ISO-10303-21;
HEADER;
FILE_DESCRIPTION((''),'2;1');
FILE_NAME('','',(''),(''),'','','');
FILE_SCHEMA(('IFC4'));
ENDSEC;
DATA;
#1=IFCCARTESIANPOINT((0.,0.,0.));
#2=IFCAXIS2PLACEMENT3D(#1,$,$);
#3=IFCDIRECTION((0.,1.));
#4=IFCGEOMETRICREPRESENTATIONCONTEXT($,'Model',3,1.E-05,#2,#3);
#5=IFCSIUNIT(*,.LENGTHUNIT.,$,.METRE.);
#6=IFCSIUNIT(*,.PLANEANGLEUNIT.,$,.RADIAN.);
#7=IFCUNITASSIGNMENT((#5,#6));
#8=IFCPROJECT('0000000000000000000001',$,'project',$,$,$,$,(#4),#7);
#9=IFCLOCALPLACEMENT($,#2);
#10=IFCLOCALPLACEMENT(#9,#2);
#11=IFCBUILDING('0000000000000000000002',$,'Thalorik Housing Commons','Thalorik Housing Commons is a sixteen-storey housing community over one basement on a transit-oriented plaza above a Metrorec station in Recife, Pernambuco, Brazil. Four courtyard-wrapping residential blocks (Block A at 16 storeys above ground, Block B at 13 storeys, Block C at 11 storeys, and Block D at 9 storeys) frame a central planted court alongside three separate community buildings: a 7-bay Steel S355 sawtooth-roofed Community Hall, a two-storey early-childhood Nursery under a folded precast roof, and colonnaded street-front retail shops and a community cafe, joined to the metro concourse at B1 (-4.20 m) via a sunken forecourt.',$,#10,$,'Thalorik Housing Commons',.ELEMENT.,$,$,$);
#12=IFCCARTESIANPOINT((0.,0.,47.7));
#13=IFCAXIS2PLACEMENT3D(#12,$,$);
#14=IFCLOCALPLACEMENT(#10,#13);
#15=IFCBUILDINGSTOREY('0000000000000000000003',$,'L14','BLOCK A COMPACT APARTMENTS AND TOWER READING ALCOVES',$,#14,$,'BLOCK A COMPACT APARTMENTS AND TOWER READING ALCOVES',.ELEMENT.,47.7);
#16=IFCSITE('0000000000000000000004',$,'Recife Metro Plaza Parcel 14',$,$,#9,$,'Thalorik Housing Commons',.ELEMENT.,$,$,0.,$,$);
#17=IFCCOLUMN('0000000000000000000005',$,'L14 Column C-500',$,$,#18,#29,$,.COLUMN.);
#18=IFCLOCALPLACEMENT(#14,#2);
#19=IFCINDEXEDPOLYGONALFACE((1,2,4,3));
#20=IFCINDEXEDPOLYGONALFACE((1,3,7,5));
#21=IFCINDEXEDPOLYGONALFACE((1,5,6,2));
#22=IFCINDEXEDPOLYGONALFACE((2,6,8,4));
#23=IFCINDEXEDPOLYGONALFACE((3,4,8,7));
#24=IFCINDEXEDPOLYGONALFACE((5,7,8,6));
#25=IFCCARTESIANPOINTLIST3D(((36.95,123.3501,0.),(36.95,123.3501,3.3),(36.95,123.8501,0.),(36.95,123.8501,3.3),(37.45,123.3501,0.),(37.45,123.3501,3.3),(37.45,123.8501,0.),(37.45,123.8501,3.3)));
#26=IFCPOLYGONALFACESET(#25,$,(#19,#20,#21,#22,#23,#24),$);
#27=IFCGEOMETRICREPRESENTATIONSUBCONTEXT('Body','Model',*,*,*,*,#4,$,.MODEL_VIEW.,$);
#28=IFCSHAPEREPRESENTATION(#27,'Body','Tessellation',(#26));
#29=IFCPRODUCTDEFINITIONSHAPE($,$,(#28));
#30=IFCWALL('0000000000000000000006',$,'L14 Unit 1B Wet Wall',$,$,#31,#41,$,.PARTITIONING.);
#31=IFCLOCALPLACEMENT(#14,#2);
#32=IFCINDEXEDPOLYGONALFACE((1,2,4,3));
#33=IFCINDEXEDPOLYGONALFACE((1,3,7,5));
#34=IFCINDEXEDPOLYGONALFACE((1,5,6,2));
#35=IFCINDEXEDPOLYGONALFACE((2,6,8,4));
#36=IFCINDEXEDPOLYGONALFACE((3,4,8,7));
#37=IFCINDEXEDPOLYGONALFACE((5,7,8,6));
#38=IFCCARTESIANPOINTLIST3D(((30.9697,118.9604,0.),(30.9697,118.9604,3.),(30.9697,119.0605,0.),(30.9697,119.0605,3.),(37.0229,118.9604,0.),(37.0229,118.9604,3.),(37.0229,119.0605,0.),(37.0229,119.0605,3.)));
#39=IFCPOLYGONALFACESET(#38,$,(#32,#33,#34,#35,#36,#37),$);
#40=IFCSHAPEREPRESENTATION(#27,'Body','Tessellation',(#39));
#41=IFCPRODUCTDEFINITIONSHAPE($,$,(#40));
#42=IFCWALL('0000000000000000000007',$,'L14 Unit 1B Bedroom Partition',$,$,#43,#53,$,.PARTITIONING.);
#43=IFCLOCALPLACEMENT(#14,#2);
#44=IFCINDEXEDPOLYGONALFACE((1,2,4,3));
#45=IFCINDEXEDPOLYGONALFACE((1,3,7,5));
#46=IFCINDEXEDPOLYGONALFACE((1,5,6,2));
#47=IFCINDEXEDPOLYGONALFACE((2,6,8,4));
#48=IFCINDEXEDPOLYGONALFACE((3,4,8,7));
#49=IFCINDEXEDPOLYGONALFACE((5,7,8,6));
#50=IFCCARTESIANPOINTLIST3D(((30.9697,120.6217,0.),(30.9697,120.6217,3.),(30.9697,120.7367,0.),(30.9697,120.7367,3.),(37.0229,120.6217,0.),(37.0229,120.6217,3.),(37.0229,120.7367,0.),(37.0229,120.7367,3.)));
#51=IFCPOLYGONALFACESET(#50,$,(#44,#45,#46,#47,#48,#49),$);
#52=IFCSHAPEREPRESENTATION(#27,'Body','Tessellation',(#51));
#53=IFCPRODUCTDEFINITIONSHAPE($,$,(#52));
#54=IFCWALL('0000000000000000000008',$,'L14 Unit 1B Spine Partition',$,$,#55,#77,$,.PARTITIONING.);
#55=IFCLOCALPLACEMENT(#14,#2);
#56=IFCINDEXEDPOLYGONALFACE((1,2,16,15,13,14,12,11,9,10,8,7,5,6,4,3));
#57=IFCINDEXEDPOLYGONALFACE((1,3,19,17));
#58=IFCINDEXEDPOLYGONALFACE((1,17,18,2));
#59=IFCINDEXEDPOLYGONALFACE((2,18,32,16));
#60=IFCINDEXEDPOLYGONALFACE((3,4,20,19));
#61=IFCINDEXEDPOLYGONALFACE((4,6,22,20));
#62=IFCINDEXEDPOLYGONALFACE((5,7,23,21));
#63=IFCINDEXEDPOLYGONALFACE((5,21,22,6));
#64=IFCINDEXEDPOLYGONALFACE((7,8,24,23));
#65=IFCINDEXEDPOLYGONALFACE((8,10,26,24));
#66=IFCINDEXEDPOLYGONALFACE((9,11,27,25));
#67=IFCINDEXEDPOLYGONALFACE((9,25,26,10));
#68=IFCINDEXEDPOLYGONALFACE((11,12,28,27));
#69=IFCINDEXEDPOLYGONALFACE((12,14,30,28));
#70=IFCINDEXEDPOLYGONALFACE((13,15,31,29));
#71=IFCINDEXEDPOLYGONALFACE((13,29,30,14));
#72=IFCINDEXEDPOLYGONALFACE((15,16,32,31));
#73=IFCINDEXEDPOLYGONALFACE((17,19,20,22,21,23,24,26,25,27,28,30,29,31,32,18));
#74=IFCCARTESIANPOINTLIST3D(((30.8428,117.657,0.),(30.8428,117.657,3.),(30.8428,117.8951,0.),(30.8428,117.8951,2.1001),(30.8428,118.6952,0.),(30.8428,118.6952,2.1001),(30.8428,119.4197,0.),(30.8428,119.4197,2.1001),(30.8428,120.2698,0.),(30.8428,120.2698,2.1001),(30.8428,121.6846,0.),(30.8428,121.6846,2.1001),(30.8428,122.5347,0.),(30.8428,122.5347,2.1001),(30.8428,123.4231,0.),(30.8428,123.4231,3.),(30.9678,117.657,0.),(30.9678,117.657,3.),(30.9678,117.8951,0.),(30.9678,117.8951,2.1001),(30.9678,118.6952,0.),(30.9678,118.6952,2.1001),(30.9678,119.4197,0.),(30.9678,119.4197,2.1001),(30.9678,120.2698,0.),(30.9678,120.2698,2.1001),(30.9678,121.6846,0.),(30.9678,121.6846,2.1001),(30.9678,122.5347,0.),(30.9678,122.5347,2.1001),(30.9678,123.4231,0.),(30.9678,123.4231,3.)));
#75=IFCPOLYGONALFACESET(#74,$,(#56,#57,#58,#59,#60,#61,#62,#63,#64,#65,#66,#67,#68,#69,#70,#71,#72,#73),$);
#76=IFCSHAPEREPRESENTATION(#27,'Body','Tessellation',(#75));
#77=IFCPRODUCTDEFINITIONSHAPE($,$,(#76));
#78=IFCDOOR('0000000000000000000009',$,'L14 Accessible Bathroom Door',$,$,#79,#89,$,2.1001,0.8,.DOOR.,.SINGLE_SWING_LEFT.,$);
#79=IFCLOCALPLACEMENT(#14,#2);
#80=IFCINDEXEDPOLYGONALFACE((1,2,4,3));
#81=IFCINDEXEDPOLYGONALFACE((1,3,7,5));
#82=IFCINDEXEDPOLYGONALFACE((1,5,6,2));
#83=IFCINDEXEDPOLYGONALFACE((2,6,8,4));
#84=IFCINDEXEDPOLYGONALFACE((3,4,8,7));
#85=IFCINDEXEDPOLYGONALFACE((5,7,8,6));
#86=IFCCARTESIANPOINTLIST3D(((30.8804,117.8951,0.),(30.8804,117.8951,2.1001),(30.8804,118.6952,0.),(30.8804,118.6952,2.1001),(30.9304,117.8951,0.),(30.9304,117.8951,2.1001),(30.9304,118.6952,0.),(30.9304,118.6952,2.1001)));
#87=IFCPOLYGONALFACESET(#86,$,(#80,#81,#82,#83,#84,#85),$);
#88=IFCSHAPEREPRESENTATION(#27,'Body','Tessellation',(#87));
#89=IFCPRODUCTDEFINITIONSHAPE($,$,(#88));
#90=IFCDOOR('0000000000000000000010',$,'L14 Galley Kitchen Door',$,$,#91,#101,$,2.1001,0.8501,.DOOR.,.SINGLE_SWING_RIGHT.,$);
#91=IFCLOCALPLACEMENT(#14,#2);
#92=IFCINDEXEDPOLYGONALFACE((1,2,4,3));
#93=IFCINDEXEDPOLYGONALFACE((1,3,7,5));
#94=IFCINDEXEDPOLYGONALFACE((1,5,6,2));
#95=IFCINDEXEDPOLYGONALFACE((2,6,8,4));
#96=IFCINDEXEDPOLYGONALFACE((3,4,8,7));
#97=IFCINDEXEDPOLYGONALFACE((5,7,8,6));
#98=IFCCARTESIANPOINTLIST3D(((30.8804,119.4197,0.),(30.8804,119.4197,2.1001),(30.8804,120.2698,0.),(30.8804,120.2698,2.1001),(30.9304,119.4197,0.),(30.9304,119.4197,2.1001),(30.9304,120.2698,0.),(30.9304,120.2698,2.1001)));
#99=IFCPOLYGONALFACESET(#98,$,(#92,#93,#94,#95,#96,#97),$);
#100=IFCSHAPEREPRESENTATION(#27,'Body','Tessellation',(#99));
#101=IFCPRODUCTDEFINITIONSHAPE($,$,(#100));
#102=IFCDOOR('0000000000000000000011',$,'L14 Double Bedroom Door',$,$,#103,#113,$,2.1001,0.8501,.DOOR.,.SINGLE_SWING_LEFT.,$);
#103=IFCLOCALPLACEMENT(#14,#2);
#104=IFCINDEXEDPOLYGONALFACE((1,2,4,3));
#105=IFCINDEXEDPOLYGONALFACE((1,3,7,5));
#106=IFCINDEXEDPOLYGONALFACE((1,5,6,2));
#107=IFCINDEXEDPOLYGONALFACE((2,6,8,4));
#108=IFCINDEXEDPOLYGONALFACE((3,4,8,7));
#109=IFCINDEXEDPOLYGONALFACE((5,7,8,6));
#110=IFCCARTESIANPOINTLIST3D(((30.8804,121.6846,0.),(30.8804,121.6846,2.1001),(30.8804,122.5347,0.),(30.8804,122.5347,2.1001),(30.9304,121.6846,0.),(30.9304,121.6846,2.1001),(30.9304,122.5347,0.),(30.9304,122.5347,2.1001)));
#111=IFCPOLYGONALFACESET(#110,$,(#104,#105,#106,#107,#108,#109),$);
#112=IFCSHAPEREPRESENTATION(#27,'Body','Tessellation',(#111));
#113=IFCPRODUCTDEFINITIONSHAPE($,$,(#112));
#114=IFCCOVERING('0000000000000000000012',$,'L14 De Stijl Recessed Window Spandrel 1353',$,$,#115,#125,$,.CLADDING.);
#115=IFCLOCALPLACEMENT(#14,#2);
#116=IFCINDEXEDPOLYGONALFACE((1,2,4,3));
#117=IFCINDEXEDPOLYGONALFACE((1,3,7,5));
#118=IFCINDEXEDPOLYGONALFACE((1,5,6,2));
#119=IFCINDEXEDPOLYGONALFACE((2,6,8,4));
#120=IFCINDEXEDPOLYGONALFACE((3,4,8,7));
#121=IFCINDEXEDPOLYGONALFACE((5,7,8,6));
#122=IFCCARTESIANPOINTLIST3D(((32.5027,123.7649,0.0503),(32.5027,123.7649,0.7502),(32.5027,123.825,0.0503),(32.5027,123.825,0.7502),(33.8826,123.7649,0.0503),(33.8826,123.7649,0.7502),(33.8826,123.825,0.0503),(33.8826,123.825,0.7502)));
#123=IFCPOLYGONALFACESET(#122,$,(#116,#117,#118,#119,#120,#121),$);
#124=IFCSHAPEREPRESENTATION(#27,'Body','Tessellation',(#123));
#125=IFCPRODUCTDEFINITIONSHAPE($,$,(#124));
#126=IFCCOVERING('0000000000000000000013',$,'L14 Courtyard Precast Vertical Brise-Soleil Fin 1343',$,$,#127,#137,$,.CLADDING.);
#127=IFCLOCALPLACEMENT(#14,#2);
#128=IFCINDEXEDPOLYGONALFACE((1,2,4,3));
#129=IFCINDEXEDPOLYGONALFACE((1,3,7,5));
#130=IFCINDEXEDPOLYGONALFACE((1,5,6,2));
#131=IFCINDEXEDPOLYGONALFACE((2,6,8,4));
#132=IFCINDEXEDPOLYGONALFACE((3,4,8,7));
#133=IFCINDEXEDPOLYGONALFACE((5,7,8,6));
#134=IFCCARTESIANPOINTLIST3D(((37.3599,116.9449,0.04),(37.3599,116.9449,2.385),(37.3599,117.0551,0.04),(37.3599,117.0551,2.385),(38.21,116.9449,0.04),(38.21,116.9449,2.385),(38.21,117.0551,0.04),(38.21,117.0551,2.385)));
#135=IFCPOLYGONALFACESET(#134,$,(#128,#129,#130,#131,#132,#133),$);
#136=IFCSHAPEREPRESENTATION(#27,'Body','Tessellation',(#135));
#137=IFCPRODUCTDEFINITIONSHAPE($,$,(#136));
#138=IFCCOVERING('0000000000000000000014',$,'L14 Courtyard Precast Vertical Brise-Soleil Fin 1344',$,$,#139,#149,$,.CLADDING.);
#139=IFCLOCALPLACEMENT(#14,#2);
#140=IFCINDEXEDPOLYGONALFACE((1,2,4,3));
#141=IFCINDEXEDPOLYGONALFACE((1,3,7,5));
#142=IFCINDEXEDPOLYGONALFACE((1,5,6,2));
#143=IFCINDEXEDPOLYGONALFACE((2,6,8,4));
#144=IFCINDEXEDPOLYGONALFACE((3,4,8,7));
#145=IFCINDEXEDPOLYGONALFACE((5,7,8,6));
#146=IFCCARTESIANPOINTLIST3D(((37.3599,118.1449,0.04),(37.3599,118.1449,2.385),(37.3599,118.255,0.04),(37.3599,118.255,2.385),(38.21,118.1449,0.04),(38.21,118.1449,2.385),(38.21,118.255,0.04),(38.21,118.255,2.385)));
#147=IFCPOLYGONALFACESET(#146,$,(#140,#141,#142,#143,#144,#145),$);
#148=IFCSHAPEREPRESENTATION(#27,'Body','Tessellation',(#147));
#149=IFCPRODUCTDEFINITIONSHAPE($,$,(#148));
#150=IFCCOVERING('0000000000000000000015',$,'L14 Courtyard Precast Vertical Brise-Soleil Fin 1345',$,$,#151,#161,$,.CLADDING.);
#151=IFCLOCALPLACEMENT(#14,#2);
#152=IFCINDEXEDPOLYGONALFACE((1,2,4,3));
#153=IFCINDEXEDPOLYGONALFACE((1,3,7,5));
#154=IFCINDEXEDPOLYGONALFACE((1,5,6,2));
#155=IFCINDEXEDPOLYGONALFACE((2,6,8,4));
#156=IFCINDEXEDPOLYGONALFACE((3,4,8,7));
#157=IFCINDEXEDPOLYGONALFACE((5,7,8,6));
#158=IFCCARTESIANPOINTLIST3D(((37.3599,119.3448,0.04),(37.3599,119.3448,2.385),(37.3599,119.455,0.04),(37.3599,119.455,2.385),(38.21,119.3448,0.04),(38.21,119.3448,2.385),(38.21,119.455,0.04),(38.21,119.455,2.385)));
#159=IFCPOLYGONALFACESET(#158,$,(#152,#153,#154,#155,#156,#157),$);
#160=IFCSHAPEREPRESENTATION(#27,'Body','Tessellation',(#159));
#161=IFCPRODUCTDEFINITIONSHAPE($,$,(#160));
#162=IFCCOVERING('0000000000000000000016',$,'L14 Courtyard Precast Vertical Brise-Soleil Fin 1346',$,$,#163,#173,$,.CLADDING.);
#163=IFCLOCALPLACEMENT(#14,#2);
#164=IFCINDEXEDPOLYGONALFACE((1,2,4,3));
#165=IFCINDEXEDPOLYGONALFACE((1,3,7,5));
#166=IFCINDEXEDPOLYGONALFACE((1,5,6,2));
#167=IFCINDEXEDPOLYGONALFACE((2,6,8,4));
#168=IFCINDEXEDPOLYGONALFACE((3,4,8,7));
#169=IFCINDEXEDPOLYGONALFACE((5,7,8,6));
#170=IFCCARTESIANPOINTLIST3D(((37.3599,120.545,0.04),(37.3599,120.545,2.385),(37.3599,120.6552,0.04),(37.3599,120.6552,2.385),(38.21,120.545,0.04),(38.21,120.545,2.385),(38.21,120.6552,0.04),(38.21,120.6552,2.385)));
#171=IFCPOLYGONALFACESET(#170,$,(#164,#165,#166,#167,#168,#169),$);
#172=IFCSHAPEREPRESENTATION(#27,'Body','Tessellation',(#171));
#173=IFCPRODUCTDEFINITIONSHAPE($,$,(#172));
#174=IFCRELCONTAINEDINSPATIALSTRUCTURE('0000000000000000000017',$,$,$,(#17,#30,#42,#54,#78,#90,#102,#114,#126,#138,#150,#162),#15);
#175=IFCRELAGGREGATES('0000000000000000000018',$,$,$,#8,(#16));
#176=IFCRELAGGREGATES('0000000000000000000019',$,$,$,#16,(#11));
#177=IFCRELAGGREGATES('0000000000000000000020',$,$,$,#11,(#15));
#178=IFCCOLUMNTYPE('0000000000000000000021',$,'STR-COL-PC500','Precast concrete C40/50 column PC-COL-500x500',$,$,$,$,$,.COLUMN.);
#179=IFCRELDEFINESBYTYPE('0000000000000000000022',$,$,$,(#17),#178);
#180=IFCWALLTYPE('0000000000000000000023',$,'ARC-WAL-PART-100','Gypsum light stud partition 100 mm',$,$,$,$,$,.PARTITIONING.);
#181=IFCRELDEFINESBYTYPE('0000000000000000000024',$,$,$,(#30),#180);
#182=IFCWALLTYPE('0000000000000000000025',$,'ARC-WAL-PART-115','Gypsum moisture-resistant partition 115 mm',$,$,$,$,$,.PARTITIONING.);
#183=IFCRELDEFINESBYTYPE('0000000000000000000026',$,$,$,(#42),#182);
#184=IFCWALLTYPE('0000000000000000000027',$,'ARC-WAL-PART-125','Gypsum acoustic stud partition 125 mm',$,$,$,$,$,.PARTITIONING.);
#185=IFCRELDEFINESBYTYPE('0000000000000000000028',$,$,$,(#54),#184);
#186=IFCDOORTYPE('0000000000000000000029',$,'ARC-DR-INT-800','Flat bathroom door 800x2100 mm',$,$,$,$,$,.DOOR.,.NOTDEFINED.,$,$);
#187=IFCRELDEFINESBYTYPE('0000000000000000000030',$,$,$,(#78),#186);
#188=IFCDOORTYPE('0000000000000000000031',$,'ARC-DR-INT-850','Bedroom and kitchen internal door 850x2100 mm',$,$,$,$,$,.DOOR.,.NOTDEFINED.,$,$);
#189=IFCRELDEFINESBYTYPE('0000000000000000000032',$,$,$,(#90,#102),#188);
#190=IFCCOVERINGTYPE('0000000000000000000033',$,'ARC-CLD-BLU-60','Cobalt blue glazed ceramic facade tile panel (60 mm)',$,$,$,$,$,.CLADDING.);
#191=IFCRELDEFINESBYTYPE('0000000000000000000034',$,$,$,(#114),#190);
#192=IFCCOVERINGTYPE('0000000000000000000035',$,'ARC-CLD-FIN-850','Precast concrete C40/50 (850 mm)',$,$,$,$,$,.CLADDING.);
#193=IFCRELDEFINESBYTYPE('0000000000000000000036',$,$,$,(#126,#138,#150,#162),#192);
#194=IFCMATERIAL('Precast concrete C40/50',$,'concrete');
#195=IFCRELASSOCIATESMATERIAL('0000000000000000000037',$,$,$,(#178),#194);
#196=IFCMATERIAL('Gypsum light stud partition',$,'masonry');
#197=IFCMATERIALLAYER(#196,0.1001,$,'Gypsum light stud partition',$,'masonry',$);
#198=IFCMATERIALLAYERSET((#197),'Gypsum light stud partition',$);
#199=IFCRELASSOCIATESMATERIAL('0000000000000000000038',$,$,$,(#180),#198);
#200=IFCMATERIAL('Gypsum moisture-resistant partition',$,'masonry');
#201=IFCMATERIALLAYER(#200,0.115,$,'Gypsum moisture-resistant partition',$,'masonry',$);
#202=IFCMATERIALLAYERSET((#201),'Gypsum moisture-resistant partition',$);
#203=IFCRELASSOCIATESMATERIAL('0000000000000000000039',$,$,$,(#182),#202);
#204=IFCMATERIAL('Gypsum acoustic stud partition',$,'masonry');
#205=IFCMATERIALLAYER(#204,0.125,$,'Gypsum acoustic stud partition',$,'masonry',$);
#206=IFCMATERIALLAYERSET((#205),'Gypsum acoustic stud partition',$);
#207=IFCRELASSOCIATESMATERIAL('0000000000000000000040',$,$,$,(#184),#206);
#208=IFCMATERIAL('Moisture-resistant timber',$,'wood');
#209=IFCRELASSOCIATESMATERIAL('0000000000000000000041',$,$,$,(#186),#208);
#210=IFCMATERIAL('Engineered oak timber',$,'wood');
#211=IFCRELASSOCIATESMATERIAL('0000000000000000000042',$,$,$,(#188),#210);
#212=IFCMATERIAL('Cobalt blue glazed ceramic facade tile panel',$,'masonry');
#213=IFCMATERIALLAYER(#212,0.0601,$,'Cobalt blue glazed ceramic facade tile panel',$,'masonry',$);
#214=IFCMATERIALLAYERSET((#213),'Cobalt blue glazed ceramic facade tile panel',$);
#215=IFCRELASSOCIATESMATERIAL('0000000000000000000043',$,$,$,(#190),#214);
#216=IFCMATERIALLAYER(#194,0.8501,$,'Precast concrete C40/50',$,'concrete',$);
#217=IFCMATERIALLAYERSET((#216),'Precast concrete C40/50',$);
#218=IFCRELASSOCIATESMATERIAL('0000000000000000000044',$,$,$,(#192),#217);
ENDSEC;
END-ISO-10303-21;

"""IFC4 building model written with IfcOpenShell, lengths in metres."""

from ifc_helpers import new_model, si_unit, direction, frame, frame_2d, origin, origin_2d, place, context, subcontext, project, spatial, rectangle, extrude, material, layer, layer_set, material_profile, profile_set, type_object, element, fill, save


model = new_model("IFC4")

# Units and contexts
model_context = context("Model", 3, precision=1e-05, world=origin(), true_north=direction((0.0, 1.0)))
body_context = subcontext(model_context, "Body", "Model", "MODEL_VIEW")
ifc_project = project(units=[si_unit("LENGTHUNIT", "METRE"), si_unit("PLANEANGLEUNIT", "RADIAN")], contexts=[model_context])

# Site, building, storey
site_placement = place(None, origin())
site = spatial("IfcSite", under=ifc_project, at=site_placement, Name="Recife Metro Plaza Parcel 14", LongName="Thalorik Housing Commons", CompositionType="ELEMENT", RefElevation=0.0)
building_placement = place(site_placement, origin())
building = spatial("IfcBuilding", under=site, at=building_placement, Name="Thalorik Housing Commons", Description="Thalorik Housing Commons is a sixteen-storey housing community over one basement on a transit-oriented plaza above a Metrorec station in Recife, Pernambuco, Brazil. Four courtyard-wrapping residential blocks (Block A at 16 storeys above ground, Block B at 13 storeys, Block C at 11 storeys, and Block D at 9 storeys) frame a central planted court alongside three separate community buildings: a 7-bay Steel S355 sawtooth-roofed Community Hall, a two-storey early-childhood Nursery under a folded precast roof, and colonnaded street-front retail shops and a community cafe, joined to the metro concourse at B1 (-4.20 m) via a sunken forecourt.", LongName="Thalorik Housing Commons", CompositionType="ELEMENT")
storey_placement = place(building_placement, frame((0.0, 0.0, 47.7)))
storey = spatial("IfcBuildingStorey", under=building, at=storey_placement, Name="L14", Description="BLOCK A COMPACT APARTMENTS AND TOWER READING ALCOVES", LongName="BLOCK A COMPACT APARTMENTS AND TOWER READING ALCOVES", CompositionType="ELEMENT", Elevation=47.7)

# Column
ifc_material_1 = material(Name="Precast concrete C40/50", Category="concrete")
ifc_material_profile = material_profile(ifc_material_1, rectangle(XDim=0.5, YDim=0.5, at=origin_2d()), Name="PC 500x500", Category="concrete")
ifc_profile_set = profile_set([ifc_material_profile], Name="Precast concrete C40/50")
column_type = type_object("IfcColumnType", Name="STR-COL-PC500", Description="Precast concrete C40/50 column PC-COL-500x500", PredefinedType="COLUMN", material=ifc_profile_set)
column_placement = place(storey_placement, frame((37.2, 123.6001, 0.0), z_axis=(0.0, 0.0, 1.0), x_axis=(1.0, 0.0, 0.0)))
element("IfcColumn", 1, at=column_placement, inside=storey, type_object=column_type, Name="L14 Column C-500", PredefinedType="COLUMN", context=body_context, shape_type="SweptSolid", body=[
    extrude(rectangle(XDim=0.5, YDim=0.5, at=origin_2d()), origin(), (0.0, 0.0, 1.0), 3.3),
])

# Walls
ifc_material_2 = material(Name="Gypsum light stud partition", Category="masonry")
ifc_layer_1 = layer(ifc_material_2, 0.1001, Name="Gypsum light stud partition", Category="masonry")
ifc_layer_set_1 = layer_set([ifc_layer_1], Name="Gypsum light stud partition")
wall_type_1 = type_object("IfcWallType", Name="ARC-WAL-PART-100", Description="Gypsum light stud partition 100 mm", PredefinedType="PARTITIONING", material=ifc_layer_set_1)
wall_1_placement = place(storey_placement, frame((30.9697, 119.0105, 0.0), z_axis=(0.0, 0.0, 1.0), x_axis=(1.0, 0.0, 0.0)))
element("IfcWall", 2, at=wall_1_placement, inside=storey, type_object=wall_type_1, Name="L14 Unit 1B Wet Wall", PredefinedType="PARTITIONING", context=body_context, shape_type="SweptSolid", body=[
    extrude(rectangle(XDim=6.0532, YDim=0.1001, at=frame_2d((3.0266, 0.0))), origin(), (0.0, 0.0, 1.0), 3.0),
])
ifc_material_3 = material(Name="Gypsum moisture-resistant partition", Category="masonry")
ifc_layer_2 = layer(ifc_material_3, 0.115, Name="Gypsum moisture-resistant partition", Category="masonry")
ifc_layer_set_2 = layer_set([ifc_layer_2], Name="Gypsum moisture-resistant partition")
wall_type_2 = type_object("IfcWallType", Name="ARC-WAL-PART-115", Description="Gypsum moisture-resistant partition 115 mm", PredefinedType="PARTITIONING", material=ifc_layer_set_2)
wall_2_placement = place(storey_placement, frame((30.9697, 120.6792, 0.0), z_axis=(0.0, 0.0, 1.0), x_axis=(1.0, 0.0, 0.0)))
element("IfcWall", 3, at=wall_2_placement, inside=storey, type_object=wall_type_2, Name="L14 Unit 1B Bedroom Partition", PredefinedType="PARTITIONING", context=body_context, shape_type="SweptSolid", body=[
    extrude(rectangle(XDim=6.0532, YDim=0.115, at=frame_2d((3.0266, 0.0))), origin(), (0.0, 0.0, 1.0), 3.0),
])

# Wall, openings, doors
ifc_material_4 = material(Name="Gypsum acoustic stud partition", Category="masonry")
ifc_layer_3 = layer(ifc_material_4, 0.125, Name="Gypsum acoustic stud partition", Category="masonry")
ifc_layer_set_3 = layer_set([ifc_layer_3], Name="Gypsum acoustic stud partition")
wall_type_3 = type_object("IfcWallType", Name="ARC-WAL-PART-125", Description="Gypsum acoustic stud partition 125 mm", PredefinedType="PARTITIONING", material=ifc_layer_set_3)
wall_3_placement = place(storey_placement, frame((30.9053, 117.657, 0.0), z_axis=(0.0, 0.0, 1.0), x_axis=(0.0, 1.0, 0.0)))
wall_3 = element("IfcWall", 4, at=wall_3_placement, inside=storey, type_object=wall_type_3, Name="L14 Unit 1B Spine Partition", PredefinedType="PARTITIONING", context=body_context, shape_type="SweptSolid", body=[
    extrude(rectangle(XDim=5.7661, YDim=0.125, at=frame_2d((2.8831, 0.0))), origin(), (0.0, 0.0, 1.0), 3.0),
])
opening_1_placement = place(wall_3_placement, frame((0.2383, 0.0, 0.0)))
opening_1 = element("IfcOpeningElement", 5, at=opening_1_placement, cuts=wall_3, PredefinedType="OPENING", context=body_context, shape_type="SweptSolid", body=[
    extrude(rectangle(XDim=0.8, YDim=2.1001, at=frame_2d((0.3999, 1.05))), frame((0.0, 0.0725, 0.0), z_axis=(0.0, -1.0, 0.0), x_axis=(1.0, 0.0, 0.0)), (0.0, 0.0, 1.0), 0.145),
])
opening_2_placement = place(wall_3_placement, frame((1.7627, 0.0, 0.0)))
opening_2 = element("IfcOpeningElement", 6, at=opening_2_placement, cuts=wall_3, PredefinedType="OPENING", context=body_context, shape_type="SweptSolid", body=[
    extrude(rectangle(XDim=0.8501, YDim=2.1001, at=frame_2d((0.425, 1.05))), frame((0.0, 0.0725, 0.0), z_axis=(0.0, -1.0, 0.0), x_axis=(1.0, 0.0, 0.0)), (0.0, 0.0, 1.0), 0.145),
])
opening_3_placement = place(wall_3_placement, frame((4.0276, 0.0, 0.0)))
opening_3 = element("IfcOpeningElement", 7, at=opening_3_placement, cuts=wall_3, PredefinedType="OPENING", context=body_context, shape_type="SweptSolid", body=[
    extrude(rectangle(XDim=0.8501, YDim=2.1001, at=frame_2d((0.425, 1.05))), frame((0.0, 0.0725, 0.0), z_axis=(0.0, -1.0, 0.0), x_axis=(1.0, 0.0, 0.0)), (0.0, 0.0, 1.0), 0.145),
])
ifc_material_5 = material(Name="Moisture-resistant timber", Category="wood")
door_type_1 = type_object("IfcDoorType", Name="ARC-DR-INT-800", Description="Flat bathroom door 800x2100 mm", OperationType="NOTDEFINED", PredefinedType="DOOR", material=ifc_material_5)
door_1_placement = place(opening_1_placement, origin())
door_1 = element("IfcDoor", 8, at=door_1_placement, inside=storey, type_object=door_type_1, Name="L14 Accessible Bathroom Door", OperationType="SINGLE_SWING_LEFT", OverallHeight=2.1001, OverallWidth=0.8, PredefinedType="DOOR", context=body_context, shape_type="SweptSolid", body=[
    extrude(rectangle(XDim=0.8, YDim=2.1001, at=frame_2d((0.3999, 1.05))), frame((0.0, 0.0249, 0.0), z_axis=(0.0, -1.0, 0.0), x_axis=(1.0, 0.0, 0.0)), (0.0, 0.0, 1.0), 0.05),
])
fill(opening_1, door_1)
ifc_material_6 = material(Name="Engineered oak timber", Category="wood")
door_type_2 = type_object("IfcDoorType", Name="ARC-DR-INT-850", Description="Bedroom and kitchen internal door 850x2100 mm", OperationType="NOTDEFINED", PredefinedType="DOOR", material=ifc_material_6)
door_2_placement = place(opening_2_placement, origin())
door_2 = element("IfcDoor", 9, at=door_2_placement, inside=storey, type_object=door_type_2, Name="L14 Galley Kitchen Door", OperationType="SINGLE_SWING_RIGHT", OverallHeight=2.1001, OverallWidth=0.8501, PredefinedType="DOOR", context=body_context, shape_type="SweptSolid", body=[
    extrude(rectangle(XDim=0.8501, YDim=2.1001, at=frame_2d((0.425, 1.05))), frame((0.0, 0.0249, 0.0), z_axis=(0.0, -1.0, 0.0), x_axis=(1.0, 0.0, 0.0)), (0.0, 0.0, 1.0), 0.05),
])
fill(opening_2, door_2)
door_3_placement = place(opening_3_placement, origin())
door_3 = element("IfcDoor", 10, at=door_3_placement, inside=storey, type_object=door_type_2, Name="L14 Double Bedroom Door", OperationType="SINGLE_SWING_LEFT", OverallHeight=2.1001, OverallWidth=0.8501, PredefinedType="DOOR", context=body_context, shape_type="SweptSolid", body=[
    extrude(rectangle(XDim=0.8501, YDim=2.1001, at=frame_2d((0.425, 1.05))), frame((0.0, 0.0249, 0.0), z_axis=(0.0, -1.0, 0.0), x_axis=(1.0, 0.0, 0.0)), (0.0, 0.0, 1.0), 0.05),
])
fill(opening_3, door_3)

# Coverings
ifc_material_7 = material(Name="Cobalt blue glazed ceramic facade tile panel", Category="masonry")
ifc_layer_4 = layer(ifc_material_7, 0.0601, Name="Cobalt blue glazed ceramic facade tile panel", Category="masonry")
ifc_layer_set_4 = layer_set([ifc_layer_4], Name="Cobalt blue glazed ceramic facade tile panel")
covering_type_1 = type_object("IfcCoveringType", Name="ARC-CLD-BLU-60", Description="Cobalt blue glazed ceramic facade tile panel (60 mm)", PredefinedType="CLADDING", material=ifc_layer_set_4)
covering_1_placement = place(storey_placement, frame((33.1926, 123.7949, 0.0503), z_axis=(0.0, 0.0, 1.0), x_axis=(-1.0, 0.0, 0.0)))
element("IfcCovering", 11, at=covering_1_placement, inside=storey, type_object=covering_type_1, Name="L14 De Stijl Recessed Window Spandrel 1353", PredefinedType="CLADDING", context=body_context, shape_type="SweptSolid", body=[
    extrude(rectangle(XDim=1.3799, YDim=0.0601, at=origin_2d()), origin(), (0.0, 0.0, 1.0), 0.7),
])
ifc_layer_5 = layer(ifc_material_1, 0.8501, Name="Precast concrete C40/50", Category="concrete")
ifc_layer_set_5 = layer_set([ifc_layer_5], Name="Precast concrete C40/50")
covering_type_2 = type_object("IfcCoveringType", Name="ARC-CLD-FIN-850", Description="Precast concrete C40/50 (850 mm)", PredefinedType="CLADDING", material=ifc_layer_set_5)
for number, where, z_axis, x_axis, name in (
    (12, (37.7849, 117.0, 0.04), (0.0, 0.0, 1.0), (0.0, 1.0, 0.0), "L14 Courtyard Precast Vertical Brise-Soleil Fin 1343"),
    (13, (37.7849, 118.2, 0.04), (0.0, 0.0, 1.0), (0.0, 1.0, 0.0), "L14 Courtyard Precast Vertical Brise-Soleil Fin 1344"),
    (14, (37.7849, 119.3999, 0.04), (0.0, 0.0, 1.0), (0.0, 1.0, 0.0), "L14 Courtyard Precast Vertical Brise-Soleil Fin 1345"),
    (15, (37.7849, 120.6001, 0.04), (0.0, 0.0, 1.0), (0.0, 1.0, 0.0), "L14 Courtyard Precast Vertical Brise-Soleil Fin 1346"),
):
    element("IfcCovering", number, at=place(storey_placement, frame(where, z_axis=z_axis, x_axis=x_axis)), inside=storey, type_object=covering_type_2, Name=name, PredefinedType="CLADDING", context=body_context, shape_type="SweptSolid", body=[
        extrude(rectangle(XDim=0.1101, YDim=0.8501, at=origin_2d()), origin(), (0.0, 0.0, 1.0), 2.345),
    ])

save(model, "model.ifc")
